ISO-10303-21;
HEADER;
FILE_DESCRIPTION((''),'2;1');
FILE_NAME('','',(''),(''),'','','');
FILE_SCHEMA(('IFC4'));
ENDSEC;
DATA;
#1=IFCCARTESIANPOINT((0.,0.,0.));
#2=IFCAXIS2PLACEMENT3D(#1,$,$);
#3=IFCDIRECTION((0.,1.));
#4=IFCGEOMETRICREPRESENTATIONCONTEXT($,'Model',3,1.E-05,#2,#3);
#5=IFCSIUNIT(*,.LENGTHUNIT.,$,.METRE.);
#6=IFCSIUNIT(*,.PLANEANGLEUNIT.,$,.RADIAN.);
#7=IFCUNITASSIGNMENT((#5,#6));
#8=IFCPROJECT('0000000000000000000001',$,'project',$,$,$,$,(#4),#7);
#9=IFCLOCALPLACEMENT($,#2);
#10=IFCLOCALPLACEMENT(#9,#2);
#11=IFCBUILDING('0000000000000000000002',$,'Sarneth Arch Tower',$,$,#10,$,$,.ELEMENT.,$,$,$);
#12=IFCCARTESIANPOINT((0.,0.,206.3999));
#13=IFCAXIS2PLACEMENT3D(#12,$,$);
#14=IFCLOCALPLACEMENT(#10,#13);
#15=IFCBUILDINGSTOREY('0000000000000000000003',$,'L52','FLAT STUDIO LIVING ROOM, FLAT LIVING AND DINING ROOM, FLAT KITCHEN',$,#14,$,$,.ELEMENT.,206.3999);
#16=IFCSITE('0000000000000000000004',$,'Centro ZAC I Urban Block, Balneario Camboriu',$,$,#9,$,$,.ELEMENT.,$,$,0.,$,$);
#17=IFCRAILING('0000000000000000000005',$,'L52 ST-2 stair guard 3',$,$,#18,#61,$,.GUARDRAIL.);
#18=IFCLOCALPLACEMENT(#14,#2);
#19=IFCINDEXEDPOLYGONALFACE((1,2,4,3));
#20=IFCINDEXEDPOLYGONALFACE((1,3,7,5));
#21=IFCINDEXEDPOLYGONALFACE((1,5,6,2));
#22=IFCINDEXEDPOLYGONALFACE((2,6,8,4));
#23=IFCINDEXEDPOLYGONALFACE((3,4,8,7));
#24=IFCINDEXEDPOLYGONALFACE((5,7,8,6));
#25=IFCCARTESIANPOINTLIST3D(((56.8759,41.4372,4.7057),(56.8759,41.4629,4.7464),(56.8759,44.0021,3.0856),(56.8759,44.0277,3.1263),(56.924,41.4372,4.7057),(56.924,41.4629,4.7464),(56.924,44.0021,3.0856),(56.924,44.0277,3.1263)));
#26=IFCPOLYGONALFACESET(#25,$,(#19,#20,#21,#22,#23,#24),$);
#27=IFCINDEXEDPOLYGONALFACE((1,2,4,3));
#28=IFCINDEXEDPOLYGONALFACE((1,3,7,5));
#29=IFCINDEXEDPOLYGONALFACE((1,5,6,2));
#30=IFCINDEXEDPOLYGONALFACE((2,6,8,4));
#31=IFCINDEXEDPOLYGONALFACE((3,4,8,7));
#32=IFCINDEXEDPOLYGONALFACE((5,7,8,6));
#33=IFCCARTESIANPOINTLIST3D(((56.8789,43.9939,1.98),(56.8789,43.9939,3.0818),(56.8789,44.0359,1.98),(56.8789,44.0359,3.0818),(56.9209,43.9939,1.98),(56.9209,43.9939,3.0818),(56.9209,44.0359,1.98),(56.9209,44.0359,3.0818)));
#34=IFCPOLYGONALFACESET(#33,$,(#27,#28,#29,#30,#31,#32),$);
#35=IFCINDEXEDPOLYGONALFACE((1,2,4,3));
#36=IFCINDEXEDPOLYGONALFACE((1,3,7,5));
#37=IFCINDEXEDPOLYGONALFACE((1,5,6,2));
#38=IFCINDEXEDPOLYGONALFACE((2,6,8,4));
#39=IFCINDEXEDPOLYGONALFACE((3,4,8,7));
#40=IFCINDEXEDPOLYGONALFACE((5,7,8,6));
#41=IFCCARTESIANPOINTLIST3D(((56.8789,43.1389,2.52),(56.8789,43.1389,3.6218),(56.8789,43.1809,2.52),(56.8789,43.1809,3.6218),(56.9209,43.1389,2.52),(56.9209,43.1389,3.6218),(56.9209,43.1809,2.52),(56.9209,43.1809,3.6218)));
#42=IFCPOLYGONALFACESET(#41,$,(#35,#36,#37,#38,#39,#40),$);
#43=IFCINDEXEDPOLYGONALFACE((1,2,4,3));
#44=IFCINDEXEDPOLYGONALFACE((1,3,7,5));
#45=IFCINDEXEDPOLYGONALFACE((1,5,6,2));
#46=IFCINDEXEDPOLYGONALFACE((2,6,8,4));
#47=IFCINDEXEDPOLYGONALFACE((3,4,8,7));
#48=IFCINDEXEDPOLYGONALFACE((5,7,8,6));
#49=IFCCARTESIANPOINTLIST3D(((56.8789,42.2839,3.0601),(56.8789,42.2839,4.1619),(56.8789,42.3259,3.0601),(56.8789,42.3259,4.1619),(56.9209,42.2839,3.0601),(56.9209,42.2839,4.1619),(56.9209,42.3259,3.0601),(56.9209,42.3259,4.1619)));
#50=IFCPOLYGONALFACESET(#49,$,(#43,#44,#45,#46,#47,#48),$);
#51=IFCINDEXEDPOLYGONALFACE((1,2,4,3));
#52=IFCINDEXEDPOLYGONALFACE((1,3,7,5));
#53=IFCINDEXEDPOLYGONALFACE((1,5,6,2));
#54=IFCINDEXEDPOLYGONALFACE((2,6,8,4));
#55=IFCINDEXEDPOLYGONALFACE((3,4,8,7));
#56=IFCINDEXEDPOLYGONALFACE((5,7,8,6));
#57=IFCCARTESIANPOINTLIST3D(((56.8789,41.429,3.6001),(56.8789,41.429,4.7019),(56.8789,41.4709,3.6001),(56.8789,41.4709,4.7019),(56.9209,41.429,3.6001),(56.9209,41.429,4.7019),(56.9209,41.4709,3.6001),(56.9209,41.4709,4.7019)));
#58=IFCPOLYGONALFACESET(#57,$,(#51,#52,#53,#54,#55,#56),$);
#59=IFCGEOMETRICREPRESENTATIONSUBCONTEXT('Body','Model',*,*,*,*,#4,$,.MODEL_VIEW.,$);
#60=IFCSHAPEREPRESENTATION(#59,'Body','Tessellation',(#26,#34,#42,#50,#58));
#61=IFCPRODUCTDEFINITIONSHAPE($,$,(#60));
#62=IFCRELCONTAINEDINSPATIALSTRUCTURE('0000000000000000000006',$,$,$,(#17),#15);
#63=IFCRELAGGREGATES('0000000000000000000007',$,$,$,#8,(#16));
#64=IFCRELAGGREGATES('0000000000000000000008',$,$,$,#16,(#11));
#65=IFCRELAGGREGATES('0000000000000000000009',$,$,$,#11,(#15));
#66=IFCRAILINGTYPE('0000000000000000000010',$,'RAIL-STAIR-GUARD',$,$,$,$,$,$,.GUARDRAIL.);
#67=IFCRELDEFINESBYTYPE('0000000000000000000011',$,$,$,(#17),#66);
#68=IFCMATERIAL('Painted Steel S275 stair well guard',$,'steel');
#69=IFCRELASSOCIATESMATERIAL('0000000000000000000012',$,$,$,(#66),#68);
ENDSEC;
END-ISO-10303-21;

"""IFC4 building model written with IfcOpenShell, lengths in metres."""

from ifc_helpers import new_model, si_unit, direction, frame, origin, origin_2d, place, context, subcontext, project, spatial, rectangle, extrude, material, type_object, element, save


model = new_model("IFC4")

# Units and contexts
model_context = context("Model", 3, precision=1e-05, world=origin(), true_north=direction((0.0, 1.0)))
body_context = subcontext(model_context, "Body", "Model", "MODEL_VIEW")
ifc_project = project(units=[si_unit("LENGTHUNIT", "METRE"), si_unit("PLANEANGLEUNIT", "RADIAN")], contexts=[model_context])

# Site, building, storey
site_placement = place(None, origin())
site = spatial("IfcSite", under=ifc_project, at=site_placement, Name="Centro ZAC I Urban Block, Balneario Camboriu", CompositionType="ELEMENT", RefElevation=0.0)
building_placement = place(site_placement, origin())
building = spatial("IfcBuilding", under=site, at=building_placement, Name="Sarneth Arch Tower", CompositionType="ELEMENT")
storey_placement = place(building_placement, frame((0.0, 0.0, 206.3999)))
storey = spatial("IfcBuildingStorey", under=building, at=storey_placement, Name="L52", Description="FLAT STUDIO LIVING ROOM, FLAT LIVING AND DINING ROOM, FLAT KITCHEN", CompositionType="ELEMENT", Elevation=206.3999)

# Railing
ifc_material_1 = material(Name="Painted Steel S275 stair well guard", Category="steel")
railing_type_1 = type_object("IfcRailingType", Name="RAIL-STAIR-GUARD", PredefinedType="GUARDRAIL", material=ifc_material_1)
railing_1_placement = place(storey_placement, frame((56.8999, 44.0149, 1.98)))
element("IfcRailing", 1, at=railing_1_placement, inside=storey, type_object=railing_type_1, Name="L52 ST-2 stair guard 3", PredefinedType="GUARDRAIL", context=body_context, shape_type="SweptSolid", body=[
    extrude(rectangle(XDim=0.0481, YDim=0.0481, at=origin_2d()), frame((0.0, 0.0, 1.126), z_axis=(0.0, -0.845466, 0.534029), x_axis=(1.0, 0.0, 0.0)), (0.0, 0.0, 1.0), 3.0337),
    extrude(rectangle(XDim=0.042, YDim=0.042, at=origin_2d()), origin(), (0.0, 0.0, 1.0), 1.1018),
    extrude(rectangle(XDim=0.042, YDim=0.042, at=origin_2d()), frame((0.0, -0.855, 0.54)), (0.0, 0.0, 1.0), 1.1018),
    extrude(rectangle(XDim=0.042, YDim=0.042, at=origin_2d()), frame((0.0, -1.71, 1.0801)), (0.0, 0.0, 1.0), 1.1018),
    extrude(rectangle(XDim=0.042, YDim=0.042, at=origin_2d()), frame((0.0, -2.5649, 1.6201)), (0.0, 0.0, 1.0), 1.1018),
])

save(model, "model.ifc")
